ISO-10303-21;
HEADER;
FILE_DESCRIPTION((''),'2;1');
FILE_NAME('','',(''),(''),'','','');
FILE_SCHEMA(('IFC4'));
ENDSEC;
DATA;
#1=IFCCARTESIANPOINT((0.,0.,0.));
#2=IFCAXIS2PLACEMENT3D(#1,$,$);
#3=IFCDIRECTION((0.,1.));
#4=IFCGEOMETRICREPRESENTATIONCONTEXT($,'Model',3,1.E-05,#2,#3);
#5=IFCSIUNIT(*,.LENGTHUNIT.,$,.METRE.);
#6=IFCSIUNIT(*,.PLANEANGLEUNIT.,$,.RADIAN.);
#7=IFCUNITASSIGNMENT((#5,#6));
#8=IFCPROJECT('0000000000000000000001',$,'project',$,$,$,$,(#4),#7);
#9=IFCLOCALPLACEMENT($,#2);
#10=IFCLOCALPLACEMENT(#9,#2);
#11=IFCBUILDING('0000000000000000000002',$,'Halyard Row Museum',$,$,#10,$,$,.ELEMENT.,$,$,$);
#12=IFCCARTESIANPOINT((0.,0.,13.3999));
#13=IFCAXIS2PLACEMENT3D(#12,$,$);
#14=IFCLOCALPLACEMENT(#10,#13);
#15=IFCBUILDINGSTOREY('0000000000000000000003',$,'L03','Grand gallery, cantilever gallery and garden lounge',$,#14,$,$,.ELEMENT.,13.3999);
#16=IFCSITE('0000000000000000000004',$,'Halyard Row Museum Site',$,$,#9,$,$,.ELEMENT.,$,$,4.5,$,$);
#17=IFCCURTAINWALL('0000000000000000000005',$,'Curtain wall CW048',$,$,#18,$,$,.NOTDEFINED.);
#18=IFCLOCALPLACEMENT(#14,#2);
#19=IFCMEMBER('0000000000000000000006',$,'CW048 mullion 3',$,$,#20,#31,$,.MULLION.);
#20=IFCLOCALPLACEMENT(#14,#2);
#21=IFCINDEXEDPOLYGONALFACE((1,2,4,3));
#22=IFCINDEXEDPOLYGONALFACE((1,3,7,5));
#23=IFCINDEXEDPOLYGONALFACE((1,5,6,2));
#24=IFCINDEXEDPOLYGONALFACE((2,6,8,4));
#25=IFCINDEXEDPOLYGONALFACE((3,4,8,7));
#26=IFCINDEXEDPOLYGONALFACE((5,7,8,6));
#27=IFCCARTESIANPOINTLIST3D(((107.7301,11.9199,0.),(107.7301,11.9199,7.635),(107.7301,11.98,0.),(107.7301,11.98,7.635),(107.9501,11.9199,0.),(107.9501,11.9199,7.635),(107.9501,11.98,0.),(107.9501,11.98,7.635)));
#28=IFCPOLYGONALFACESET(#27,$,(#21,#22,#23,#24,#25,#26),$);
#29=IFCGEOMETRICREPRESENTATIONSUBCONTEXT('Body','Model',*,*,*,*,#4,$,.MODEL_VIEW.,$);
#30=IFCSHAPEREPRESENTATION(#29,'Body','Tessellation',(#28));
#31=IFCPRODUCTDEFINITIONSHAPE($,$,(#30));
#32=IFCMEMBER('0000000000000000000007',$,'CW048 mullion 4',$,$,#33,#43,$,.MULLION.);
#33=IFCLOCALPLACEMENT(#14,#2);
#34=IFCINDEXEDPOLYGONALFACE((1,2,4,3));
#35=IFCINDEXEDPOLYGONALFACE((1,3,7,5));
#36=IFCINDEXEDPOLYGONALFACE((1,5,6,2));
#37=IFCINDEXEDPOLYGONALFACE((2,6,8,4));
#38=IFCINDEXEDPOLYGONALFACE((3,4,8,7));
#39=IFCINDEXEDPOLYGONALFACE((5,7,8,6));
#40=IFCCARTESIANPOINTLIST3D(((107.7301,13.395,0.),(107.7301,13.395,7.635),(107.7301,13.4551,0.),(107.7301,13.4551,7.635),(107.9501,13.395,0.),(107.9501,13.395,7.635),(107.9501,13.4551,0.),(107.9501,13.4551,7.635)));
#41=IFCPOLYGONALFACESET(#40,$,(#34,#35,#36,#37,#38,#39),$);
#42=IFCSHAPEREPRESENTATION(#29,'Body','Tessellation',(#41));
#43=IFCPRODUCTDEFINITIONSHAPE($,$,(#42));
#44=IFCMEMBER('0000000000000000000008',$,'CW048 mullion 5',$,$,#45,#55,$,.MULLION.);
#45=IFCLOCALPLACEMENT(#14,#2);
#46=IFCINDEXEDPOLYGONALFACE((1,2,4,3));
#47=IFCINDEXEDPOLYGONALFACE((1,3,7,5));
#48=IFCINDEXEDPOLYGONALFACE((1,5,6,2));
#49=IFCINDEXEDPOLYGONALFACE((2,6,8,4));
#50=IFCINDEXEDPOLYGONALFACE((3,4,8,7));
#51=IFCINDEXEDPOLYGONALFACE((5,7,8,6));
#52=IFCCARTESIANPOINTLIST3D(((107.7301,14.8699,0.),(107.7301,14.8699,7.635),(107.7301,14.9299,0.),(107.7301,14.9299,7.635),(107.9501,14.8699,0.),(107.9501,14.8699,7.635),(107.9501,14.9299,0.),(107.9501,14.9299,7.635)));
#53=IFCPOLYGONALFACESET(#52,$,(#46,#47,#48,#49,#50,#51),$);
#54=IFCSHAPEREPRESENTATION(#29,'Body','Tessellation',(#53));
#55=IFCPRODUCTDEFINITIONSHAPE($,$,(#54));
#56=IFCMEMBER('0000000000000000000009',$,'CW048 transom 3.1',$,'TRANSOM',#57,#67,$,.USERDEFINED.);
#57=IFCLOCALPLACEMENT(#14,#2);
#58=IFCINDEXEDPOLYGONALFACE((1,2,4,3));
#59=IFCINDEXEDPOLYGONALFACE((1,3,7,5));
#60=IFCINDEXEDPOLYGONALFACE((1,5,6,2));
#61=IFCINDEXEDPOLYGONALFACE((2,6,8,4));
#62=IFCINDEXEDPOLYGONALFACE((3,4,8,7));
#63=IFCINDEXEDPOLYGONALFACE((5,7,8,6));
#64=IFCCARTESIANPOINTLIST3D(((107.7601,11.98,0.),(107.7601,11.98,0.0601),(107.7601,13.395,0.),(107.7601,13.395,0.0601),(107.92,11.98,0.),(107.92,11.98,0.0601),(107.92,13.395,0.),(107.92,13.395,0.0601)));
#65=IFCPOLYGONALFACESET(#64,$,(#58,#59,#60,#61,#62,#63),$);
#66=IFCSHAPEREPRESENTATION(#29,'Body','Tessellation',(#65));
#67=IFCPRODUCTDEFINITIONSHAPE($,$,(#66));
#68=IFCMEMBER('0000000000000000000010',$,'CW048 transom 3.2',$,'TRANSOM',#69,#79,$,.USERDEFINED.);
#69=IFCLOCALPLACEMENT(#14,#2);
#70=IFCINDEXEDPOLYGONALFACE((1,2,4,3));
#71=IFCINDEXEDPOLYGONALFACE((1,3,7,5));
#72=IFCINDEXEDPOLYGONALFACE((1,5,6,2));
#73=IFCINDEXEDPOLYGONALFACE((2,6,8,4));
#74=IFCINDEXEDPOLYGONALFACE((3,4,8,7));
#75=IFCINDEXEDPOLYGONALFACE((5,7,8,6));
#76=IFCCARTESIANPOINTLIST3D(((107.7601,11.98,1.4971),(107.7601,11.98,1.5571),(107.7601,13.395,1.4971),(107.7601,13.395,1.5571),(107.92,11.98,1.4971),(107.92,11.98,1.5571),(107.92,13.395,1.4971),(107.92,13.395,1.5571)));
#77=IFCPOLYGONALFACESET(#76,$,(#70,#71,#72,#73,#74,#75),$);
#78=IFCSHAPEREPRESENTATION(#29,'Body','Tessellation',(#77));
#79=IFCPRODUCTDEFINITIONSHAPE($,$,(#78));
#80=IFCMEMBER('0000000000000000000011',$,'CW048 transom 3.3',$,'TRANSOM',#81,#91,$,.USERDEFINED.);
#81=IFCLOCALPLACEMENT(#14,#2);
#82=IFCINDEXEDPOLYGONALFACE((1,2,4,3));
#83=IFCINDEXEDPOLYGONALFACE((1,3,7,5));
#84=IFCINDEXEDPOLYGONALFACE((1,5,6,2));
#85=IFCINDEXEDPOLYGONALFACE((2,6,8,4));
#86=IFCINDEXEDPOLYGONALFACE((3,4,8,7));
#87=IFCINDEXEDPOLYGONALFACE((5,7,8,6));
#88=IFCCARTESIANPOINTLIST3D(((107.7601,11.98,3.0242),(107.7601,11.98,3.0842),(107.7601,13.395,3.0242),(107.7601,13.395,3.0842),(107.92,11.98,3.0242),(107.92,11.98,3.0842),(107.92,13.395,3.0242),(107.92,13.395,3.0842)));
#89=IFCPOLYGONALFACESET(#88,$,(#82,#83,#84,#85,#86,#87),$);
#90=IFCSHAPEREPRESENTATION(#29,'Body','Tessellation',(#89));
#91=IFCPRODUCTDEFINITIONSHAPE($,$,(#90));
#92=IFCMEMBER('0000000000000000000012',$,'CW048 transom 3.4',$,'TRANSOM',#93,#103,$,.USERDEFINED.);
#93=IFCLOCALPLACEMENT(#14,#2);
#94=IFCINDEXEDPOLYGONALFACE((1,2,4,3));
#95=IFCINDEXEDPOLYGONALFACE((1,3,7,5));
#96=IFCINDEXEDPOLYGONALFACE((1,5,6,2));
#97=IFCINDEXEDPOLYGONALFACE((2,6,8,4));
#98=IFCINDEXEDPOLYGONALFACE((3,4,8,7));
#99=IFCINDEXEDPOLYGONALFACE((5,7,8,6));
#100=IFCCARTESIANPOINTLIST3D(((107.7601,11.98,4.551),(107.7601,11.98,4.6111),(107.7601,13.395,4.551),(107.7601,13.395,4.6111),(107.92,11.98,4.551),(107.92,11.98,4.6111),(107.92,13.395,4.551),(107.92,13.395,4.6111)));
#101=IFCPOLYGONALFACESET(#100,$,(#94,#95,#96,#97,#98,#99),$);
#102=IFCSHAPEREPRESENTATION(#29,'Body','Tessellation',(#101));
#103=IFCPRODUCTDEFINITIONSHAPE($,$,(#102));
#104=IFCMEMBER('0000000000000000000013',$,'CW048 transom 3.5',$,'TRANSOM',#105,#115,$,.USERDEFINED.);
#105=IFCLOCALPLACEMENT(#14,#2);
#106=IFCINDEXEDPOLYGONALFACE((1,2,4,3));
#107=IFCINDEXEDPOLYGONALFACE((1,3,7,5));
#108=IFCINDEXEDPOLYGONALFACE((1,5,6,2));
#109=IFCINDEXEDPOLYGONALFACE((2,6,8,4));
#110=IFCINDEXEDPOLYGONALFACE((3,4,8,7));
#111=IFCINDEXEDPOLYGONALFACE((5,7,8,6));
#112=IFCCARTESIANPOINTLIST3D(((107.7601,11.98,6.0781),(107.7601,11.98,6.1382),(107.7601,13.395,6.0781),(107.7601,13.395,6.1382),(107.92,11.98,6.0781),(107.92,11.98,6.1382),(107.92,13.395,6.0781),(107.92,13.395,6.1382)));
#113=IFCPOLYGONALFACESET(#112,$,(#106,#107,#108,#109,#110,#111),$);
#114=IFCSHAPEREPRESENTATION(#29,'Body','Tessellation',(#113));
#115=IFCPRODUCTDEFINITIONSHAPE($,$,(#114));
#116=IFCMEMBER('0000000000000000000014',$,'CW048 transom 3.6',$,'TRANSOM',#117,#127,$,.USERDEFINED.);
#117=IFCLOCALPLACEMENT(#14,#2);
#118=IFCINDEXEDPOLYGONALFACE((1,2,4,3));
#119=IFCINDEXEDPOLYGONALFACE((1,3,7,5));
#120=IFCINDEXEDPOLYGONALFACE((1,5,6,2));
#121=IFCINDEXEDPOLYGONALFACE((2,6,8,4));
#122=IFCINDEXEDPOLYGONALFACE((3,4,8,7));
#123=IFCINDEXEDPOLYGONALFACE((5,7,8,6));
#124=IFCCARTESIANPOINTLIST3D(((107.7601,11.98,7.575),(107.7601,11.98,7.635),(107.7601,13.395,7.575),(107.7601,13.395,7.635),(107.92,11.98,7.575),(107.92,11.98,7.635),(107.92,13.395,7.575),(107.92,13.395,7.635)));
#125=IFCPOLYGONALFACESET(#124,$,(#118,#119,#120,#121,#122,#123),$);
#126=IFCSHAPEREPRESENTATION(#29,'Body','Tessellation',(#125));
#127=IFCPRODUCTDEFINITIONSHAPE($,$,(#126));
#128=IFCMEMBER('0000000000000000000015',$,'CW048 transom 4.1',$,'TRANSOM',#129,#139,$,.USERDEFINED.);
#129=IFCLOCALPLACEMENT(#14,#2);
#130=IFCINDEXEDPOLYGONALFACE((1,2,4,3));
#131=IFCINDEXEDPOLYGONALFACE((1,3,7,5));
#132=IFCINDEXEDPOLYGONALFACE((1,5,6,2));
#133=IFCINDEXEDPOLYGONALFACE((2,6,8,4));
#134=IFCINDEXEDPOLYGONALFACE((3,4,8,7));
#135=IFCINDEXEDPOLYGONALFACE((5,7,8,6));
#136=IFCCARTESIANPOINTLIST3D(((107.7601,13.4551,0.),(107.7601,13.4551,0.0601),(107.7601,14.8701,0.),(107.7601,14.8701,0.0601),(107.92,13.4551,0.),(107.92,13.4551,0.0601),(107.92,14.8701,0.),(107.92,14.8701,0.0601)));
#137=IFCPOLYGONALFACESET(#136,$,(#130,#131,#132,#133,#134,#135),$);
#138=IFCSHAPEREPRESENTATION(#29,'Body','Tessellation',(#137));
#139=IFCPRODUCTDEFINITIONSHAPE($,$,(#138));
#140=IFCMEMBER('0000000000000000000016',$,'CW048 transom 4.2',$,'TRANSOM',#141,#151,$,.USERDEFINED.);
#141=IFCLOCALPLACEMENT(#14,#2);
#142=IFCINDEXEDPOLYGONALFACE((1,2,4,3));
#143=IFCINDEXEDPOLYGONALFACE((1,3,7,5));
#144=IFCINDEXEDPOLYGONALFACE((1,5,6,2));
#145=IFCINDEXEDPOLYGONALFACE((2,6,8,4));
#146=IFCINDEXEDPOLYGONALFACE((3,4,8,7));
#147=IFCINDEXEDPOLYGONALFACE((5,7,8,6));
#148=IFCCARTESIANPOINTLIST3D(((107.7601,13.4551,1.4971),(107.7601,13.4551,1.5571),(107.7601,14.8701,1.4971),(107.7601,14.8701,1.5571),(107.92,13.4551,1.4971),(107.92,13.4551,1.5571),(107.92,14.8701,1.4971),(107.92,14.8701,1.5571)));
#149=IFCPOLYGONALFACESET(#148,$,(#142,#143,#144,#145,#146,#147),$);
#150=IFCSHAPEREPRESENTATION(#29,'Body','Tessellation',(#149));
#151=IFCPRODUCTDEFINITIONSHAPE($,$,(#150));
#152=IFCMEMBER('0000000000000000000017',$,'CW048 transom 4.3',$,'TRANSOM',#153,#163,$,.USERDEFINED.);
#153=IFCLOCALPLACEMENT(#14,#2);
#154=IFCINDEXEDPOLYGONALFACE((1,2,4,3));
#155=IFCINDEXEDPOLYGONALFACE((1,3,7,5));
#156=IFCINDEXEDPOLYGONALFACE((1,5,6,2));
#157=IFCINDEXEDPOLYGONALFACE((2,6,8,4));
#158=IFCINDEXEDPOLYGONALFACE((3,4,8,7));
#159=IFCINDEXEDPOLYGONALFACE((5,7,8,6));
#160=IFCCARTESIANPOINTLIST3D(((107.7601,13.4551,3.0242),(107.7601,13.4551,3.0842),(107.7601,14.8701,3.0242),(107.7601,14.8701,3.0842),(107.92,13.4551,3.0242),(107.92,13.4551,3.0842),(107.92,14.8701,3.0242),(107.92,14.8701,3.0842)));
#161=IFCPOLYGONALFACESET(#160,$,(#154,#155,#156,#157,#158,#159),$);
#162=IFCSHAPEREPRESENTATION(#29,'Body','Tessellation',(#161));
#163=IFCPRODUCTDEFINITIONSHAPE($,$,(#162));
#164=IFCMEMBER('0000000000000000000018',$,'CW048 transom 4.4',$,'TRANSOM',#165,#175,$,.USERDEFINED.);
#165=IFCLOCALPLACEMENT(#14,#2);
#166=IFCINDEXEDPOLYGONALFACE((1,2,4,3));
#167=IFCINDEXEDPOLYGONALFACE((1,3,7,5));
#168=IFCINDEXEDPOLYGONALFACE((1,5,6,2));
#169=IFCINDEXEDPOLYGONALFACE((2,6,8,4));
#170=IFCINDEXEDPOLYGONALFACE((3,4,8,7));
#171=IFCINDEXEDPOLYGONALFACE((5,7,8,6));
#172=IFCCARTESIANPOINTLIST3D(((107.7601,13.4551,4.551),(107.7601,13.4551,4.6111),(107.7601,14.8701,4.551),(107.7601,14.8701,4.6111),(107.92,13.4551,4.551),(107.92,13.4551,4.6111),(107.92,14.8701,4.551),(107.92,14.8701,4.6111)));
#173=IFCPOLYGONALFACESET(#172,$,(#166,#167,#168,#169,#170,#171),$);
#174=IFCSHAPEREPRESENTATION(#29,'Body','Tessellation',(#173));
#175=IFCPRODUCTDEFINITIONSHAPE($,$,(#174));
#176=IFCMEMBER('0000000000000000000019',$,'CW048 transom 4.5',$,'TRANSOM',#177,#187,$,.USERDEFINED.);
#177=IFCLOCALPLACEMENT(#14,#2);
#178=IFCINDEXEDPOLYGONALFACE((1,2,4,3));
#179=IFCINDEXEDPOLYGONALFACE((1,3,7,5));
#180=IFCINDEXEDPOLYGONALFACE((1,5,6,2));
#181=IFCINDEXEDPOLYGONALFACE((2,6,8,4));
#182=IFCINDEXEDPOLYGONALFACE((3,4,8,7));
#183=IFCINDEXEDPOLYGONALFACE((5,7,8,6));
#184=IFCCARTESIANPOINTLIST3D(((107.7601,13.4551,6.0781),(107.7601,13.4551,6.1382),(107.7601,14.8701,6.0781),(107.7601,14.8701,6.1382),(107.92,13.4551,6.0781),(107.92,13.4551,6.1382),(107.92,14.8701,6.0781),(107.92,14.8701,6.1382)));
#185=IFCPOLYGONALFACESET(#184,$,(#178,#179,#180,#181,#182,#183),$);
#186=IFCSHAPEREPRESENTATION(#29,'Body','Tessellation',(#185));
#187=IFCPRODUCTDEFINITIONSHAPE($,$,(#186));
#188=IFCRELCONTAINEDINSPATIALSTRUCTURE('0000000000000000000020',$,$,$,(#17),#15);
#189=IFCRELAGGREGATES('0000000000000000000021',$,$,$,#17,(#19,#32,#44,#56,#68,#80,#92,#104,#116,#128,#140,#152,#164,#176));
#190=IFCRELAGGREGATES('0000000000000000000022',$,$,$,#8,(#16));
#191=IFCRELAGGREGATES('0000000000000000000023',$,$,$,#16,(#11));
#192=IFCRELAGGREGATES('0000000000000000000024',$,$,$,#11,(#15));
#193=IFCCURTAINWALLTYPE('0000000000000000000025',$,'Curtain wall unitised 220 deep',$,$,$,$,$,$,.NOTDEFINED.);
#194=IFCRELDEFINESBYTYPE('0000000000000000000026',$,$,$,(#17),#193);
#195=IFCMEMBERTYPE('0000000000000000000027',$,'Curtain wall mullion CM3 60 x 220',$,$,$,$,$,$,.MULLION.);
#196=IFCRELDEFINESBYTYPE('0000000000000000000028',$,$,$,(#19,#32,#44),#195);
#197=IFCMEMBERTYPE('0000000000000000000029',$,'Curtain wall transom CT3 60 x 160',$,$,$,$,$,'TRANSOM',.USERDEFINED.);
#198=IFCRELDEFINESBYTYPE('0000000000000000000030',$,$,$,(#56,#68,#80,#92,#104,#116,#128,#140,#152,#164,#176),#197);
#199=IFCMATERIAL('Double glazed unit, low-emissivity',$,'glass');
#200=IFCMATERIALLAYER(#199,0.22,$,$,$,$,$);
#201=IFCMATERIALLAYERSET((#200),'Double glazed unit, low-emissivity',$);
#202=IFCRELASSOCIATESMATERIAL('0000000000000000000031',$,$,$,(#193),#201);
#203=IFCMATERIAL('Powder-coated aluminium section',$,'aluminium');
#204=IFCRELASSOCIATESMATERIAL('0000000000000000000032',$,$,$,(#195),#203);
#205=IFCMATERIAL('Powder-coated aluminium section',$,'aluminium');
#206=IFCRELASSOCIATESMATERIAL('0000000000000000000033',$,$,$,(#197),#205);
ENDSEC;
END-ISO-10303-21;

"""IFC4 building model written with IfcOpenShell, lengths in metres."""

from ifc_helpers import new_model, si_unit, direction, frame, origin, origin_2d, place, context, subcontext, project, spatial, rectangle, extrude, material, layer, layer_set, material_profile, profile_set, type_object, element, aggregate, save


model = new_model("IFC4")

# Units and contexts
model_context = context("Model", 3, precision=1e-05, world=origin(), true_north=direction((0.0, 1.0)))
body_context = subcontext(model_context, "Body", "Model", "MODEL_VIEW")
ifc_project = project(units=[si_unit("LENGTHUNIT", "METRE"), si_unit("PLANEANGLEUNIT", "RADIAN")], contexts=[model_context])

# Site, building, storey
site_placement = place(None, origin())
site = spatial("IfcSite", under=ifc_project, at=site_placement, Name="Halyard Row Museum Site", CompositionType="ELEMENT", RefElevation=4.5)
building_placement = place(site_placement, origin())
building = spatial("IfcBuilding", under=site, at=building_placement, Name="Halyard Row Museum", CompositionType="ELEMENT")
storey_placement = place(building_placement, frame((0.0, 0.0, 13.3999)))
storey = spatial("IfcBuildingStorey", under=building, at=storey_placement, Name="L03", Description="Grand gallery, cantilever gallery and garden lounge", CompositionType="ELEMENT", Elevation=13.3999)

# Curtain wall, members
ifc_material_1 = material(Name="Double glazed unit, low-emissivity", Category="glass")
ifc_layer_1 = layer(ifc_material_1, 0.22)
ifc_layer_set_1 = layer_set([ifc_layer_1], Name="Double glazed unit, low-emissivity")
curtain_wall_type = type_object("IfcCurtainWallType", Name="Curtain wall unitised 220 deep", PredefinedType="NOTDEFINED", material=ifc_layer_set_1)
curtain_wall_placement = place(storey_placement, origin())
curtain_wall = element("IfcCurtainWall", 1, at=curtain_wall_placement, inside=storey, type_object=curtain_wall_type, Name="Curtain wall CW048", PredefinedType="NOTDEFINED")
ifc_material_2 = material(Name="Powder-coated aluminium section", Category="aluminium")
ifc_material_profile_1 = material_profile(ifc_material_2, rectangle(XDim=0.22, YDim=0.0601, at=origin_2d()), Name="220x60 mullion")
ifc_profile_set_1 = profile_set([ifc_material_profile_1], Name="Powder-coated aluminium section")
member_type_1 = type_object("IfcMemberType", Name="Curtain wall mullion CM3 60 x 220", PredefinedType="MULLION", material=ifc_profile_set_1)
member_1_placement = place(storey_placement, frame((107.8401, 11.95, 0.0), z_axis=(0.0, 0.0, 1.0), x_axis=(-1.0, 0.0, 0.0)))
member_1 = element("IfcMember", 2, at=member_1_placement, type_object=member_type_1, Name="CW048 mullion 3", PredefinedType="MULLION", context=body_context, shape_type="SweptSolid", body=[
    extrude(rectangle(XDim=0.22, YDim=0.0601, at=origin_2d()), origin(), (0.0, 0.0, 1.0), 7.635),
])
member_2_placement = place(storey_placement, frame((107.8401, 13.425, 0.0), z_axis=(0.0, 0.0, 1.0), x_axis=(-1.0, 0.0, 0.0)))
member_2 = element("IfcMember", 3, at=member_2_placement, type_object=member_type_1, Name="CW048 mullion 4", PredefinedType="MULLION", context=body_context, shape_type="SweptSolid", body=[
    extrude(rectangle(XDim=0.22, YDim=0.0601, at=origin_2d()), origin(), (0.0, 0.0, 1.0), 7.635),
])
member_3_placement = place(storey_placement, frame((107.8401, 14.8999, 0.0), z_axis=(0.0, 0.0, 1.0), x_axis=(-1.0, 0.0, 0.0)))
member_3 = element("IfcMember", 4, at=member_3_placement, type_object=member_type_1, Name="CW048 mullion 5", PredefinedType="MULLION", context=body_context, shape_type="SweptSolid", body=[
    extrude(rectangle(XDim=0.22, YDim=0.0601, at=origin_2d()), origin(), (0.0, 0.0, 1.0), 7.635),
])
ifc_material_3 = material(Name="Powder-coated aluminium section", Category="aluminium")
ifc_material_profile_2 = material_profile(ifc_material_3, rectangle(XDim=0.1599, YDim=0.0601, at=origin_2d()), Name="160x60 transom")
ifc_profile_set_2 = profile_set([ifc_material_profile_2], Name="Powder-coated aluminium section")
member_type_2 = type_object("IfcMemberType", Name="Curtain wall transom CT3 60 x 160", ElementType="TRANSOM", PredefinedType="USERDEFINED", material=ifc_profile_set_2)
member_4_placement = place(storey_placement, frame((107.8401, 11.98, 0.03), z_axis=(0.0, 1.0, 0.0), x_axis=(-1.0, 0.0, 0.0)))
member_4 = element("IfcMember", 5, at=member_4_placement, type_object=member_type_2, Name="CW048 transom 3.1", ObjectType="TRANSOM", PredefinedType="USERDEFINED", context=body_context, shape_type="SweptSolid", body=[
    extrude(rectangle(XDim=0.1599, YDim=0.0601, at=origin_2d()), origin(), (0.0, 0.0, 1.0), 1.415),
])
member_5_placement = place(storey_placement, frame((107.8401, 11.98, 1.5271), z_axis=(0.0, 1.0, 0.0), x_axis=(-1.0, 0.0, 0.0)))
member_5 = element("IfcMember", 6, at=member_5_placement, type_object=member_type_2, Name="CW048 transom 3.2", ObjectType="TRANSOM", PredefinedType="USERDEFINED", context=body_context, shape_type="SweptSolid", body=[
    extrude(rectangle(XDim=0.1599, YDim=0.0601, at=origin_2d()), origin(), (0.0, 0.0, 1.0), 1.415),
])
member_6_placement = place(storey_placement, frame((107.8401, 11.98, 3.0542), z_axis=(0.0, 1.0, 0.0), x_axis=(-1.0, 0.0, 0.0)))
member_6 = element("IfcMember", 7, at=member_6_placement, type_object=member_type_2, Name="CW048 transom 3.3", ObjectType="TRANSOM", PredefinedType="USERDEFINED", context=body_context, shape_type="SweptSolid", body=[
    extrude(rectangle(XDim=0.1599, YDim=0.0601, at=origin_2d()), origin(), (0.0, 0.0, 1.0), 1.415),
])
member_7_placement = place(storey_placement, frame((107.8401, 11.98, 4.5811), z_axis=(0.0, 1.0, 0.0), x_axis=(-1.0, 0.0, 0.0)))
member_7 = element("IfcMember", 8, at=member_7_placement, type_object=member_type_2, Name="CW048 transom 3.4", ObjectType="TRANSOM", PredefinedType="USERDEFINED", context=body_context, shape_type="SweptSolid", body=[
    extrude(rectangle(XDim=0.1599, YDim=0.0601, at=origin_2d()), origin(), (0.0, 0.0, 1.0), 1.415),
])
member_8_placement = place(storey_placement, frame((107.8401, 11.98, 6.1082), z_axis=(0.0, 1.0, 0.0), x_axis=(-1.0, 0.0, 0.0)))
member_8 = element("IfcMember", 9, at=member_8_placement, type_object=member_type_2, Name="CW048 transom 3.5", ObjectType="TRANSOM", PredefinedType="USERDEFINED", context=body_context, shape_type="SweptSolid", body=[
    extrude(rectangle(XDim=0.1599, YDim=0.0601, at=origin_2d()), origin(), (0.0, 0.0, 1.0), 1.415),
])
member_9_placement = place(storey_placement, frame((107.8401, 11.98, 7.605), z_axis=(0.0, 1.0, 0.0), x_axis=(-1.0, 0.0, 0.0)))
member_9 = element("IfcMember", 10, at=member_9_placement, type_object=member_type_2, Name="CW048 transom 3.6", ObjectType="TRANSOM", PredefinedType="USERDEFINED", context=body_context, shape_type="SweptSolid", body=[
    extrude(rectangle(XDim=0.1599, YDim=0.0601, at=origin_2d()), origin(), (0.0, 0.0, 1.0), 1.415),
])
member_10_placement = place(storey_placement, frame((107.8401, 13.4551, 0.03), z_axis=(0.0, 1.0, 0.0), x_axis=(-1.0, 0.0, 0.0)))
member_10 = element("IfcMember", 11, at=member_10_placement, type_object=member_type_2, Name="CW048 transom 4.1", ObjectType="TRANSOM", PredefinedType="USERDEFINED", context=body_context, shape_type="SweptSolid", body=[
    extrude(rectangle(XDim=0.1599, YDim=0.0601, at=origin_2d()), origin(), (0.0, 0.0, 1.0), 1.415),
])
member_11_placement = place(storey_placement, frame((107.8401, 13.4551, 1.5271), z_axis=(0.0, 1.0, 0.0), x_axis=(-1.0, 0.0, 0.0)))
member_11 = element("IfcMember", 12, at=member_11_placement, type_object=member_type_2, Name="CW048 transom 4.2", ObjectType="TRANSOM", PredefinedType="USERDEFINED", context=body_context, shape_type="SweptSolid", body=[
    extrude(rectangle(XDim=0.1599, YDim=0.0601, at=origin_2d()), origin(), (0.0, 0.0, 1.0), 1.415),
])
member_12_placement = place(storey_placement, frame((107.8401, 13.4551, 3.0542), z_axis=(0.0, 1.0, 0.0), x_axis=(-1.0, 0.0, 0.0)))
member_12 = element("IfcMember", 13, at=member_12_placement, type_object=member_type_2, Name="CW048 transom 4.3", ObjectType="TRANSOM", PredefinedType="USERDEFINED", context=body_context, shape_type="SweptSolid", body=[
    extrude(rectangle(XDim=0.1599, YDim=0.0601, at=origin_2d()), origin(), (0.0, 0.0, 1.0), 1.415),
])
member_13_placement = place(storey_placement, frame((107.8401, 13.4551, 4.5811), z_axis=(0.0, 1.0, 0.0), x_axis=(-1.0, 0.0, 0.0)))
member_13 = element("IfcMember", 14, at=member_13_placement, type_object=member_type_2, Name="CW048 transom 4.4", ObjectType="TRANSOM", PredefinedType="USERDEFINED", context=body_context, shape_type="SweptSolid", body=[
    extrude(rectangle(XDim=0.1599, YDim=0.0601, at=origin_2d()), origin(), (0.0, 0.0, 1.0), 1.415),
])
member_14_placement = place(storey_placement, frame((107.8401, 13.4551, 6.1082), z_axis=(0.0, 1.0, 0.0), x_axis=(-1.0, 0.0, 0.0)))
member_14 = element("IfcMember", 15, at=member_14_placement, type_object=member_type_2, Name="CW048 transom 4.5", ObjectType="TRANSOM", PredefinedType="USERDEFINED", context=body_context, shape_type="SweptSolid", body=[
    extrude(rectangle(XDim=0.1599, YDim=0.0601, at=origin_2d()), origin(), (0.0, 0.0, 1.0), 1.415),
])
aggregate(curtain_wall, [member_1, member_2, member_3, member_4, member_5, member_6, member_7, member_8, member_9, member_10, member_11, member_12, member_13, member_14])

save(model, "model.ifc")
